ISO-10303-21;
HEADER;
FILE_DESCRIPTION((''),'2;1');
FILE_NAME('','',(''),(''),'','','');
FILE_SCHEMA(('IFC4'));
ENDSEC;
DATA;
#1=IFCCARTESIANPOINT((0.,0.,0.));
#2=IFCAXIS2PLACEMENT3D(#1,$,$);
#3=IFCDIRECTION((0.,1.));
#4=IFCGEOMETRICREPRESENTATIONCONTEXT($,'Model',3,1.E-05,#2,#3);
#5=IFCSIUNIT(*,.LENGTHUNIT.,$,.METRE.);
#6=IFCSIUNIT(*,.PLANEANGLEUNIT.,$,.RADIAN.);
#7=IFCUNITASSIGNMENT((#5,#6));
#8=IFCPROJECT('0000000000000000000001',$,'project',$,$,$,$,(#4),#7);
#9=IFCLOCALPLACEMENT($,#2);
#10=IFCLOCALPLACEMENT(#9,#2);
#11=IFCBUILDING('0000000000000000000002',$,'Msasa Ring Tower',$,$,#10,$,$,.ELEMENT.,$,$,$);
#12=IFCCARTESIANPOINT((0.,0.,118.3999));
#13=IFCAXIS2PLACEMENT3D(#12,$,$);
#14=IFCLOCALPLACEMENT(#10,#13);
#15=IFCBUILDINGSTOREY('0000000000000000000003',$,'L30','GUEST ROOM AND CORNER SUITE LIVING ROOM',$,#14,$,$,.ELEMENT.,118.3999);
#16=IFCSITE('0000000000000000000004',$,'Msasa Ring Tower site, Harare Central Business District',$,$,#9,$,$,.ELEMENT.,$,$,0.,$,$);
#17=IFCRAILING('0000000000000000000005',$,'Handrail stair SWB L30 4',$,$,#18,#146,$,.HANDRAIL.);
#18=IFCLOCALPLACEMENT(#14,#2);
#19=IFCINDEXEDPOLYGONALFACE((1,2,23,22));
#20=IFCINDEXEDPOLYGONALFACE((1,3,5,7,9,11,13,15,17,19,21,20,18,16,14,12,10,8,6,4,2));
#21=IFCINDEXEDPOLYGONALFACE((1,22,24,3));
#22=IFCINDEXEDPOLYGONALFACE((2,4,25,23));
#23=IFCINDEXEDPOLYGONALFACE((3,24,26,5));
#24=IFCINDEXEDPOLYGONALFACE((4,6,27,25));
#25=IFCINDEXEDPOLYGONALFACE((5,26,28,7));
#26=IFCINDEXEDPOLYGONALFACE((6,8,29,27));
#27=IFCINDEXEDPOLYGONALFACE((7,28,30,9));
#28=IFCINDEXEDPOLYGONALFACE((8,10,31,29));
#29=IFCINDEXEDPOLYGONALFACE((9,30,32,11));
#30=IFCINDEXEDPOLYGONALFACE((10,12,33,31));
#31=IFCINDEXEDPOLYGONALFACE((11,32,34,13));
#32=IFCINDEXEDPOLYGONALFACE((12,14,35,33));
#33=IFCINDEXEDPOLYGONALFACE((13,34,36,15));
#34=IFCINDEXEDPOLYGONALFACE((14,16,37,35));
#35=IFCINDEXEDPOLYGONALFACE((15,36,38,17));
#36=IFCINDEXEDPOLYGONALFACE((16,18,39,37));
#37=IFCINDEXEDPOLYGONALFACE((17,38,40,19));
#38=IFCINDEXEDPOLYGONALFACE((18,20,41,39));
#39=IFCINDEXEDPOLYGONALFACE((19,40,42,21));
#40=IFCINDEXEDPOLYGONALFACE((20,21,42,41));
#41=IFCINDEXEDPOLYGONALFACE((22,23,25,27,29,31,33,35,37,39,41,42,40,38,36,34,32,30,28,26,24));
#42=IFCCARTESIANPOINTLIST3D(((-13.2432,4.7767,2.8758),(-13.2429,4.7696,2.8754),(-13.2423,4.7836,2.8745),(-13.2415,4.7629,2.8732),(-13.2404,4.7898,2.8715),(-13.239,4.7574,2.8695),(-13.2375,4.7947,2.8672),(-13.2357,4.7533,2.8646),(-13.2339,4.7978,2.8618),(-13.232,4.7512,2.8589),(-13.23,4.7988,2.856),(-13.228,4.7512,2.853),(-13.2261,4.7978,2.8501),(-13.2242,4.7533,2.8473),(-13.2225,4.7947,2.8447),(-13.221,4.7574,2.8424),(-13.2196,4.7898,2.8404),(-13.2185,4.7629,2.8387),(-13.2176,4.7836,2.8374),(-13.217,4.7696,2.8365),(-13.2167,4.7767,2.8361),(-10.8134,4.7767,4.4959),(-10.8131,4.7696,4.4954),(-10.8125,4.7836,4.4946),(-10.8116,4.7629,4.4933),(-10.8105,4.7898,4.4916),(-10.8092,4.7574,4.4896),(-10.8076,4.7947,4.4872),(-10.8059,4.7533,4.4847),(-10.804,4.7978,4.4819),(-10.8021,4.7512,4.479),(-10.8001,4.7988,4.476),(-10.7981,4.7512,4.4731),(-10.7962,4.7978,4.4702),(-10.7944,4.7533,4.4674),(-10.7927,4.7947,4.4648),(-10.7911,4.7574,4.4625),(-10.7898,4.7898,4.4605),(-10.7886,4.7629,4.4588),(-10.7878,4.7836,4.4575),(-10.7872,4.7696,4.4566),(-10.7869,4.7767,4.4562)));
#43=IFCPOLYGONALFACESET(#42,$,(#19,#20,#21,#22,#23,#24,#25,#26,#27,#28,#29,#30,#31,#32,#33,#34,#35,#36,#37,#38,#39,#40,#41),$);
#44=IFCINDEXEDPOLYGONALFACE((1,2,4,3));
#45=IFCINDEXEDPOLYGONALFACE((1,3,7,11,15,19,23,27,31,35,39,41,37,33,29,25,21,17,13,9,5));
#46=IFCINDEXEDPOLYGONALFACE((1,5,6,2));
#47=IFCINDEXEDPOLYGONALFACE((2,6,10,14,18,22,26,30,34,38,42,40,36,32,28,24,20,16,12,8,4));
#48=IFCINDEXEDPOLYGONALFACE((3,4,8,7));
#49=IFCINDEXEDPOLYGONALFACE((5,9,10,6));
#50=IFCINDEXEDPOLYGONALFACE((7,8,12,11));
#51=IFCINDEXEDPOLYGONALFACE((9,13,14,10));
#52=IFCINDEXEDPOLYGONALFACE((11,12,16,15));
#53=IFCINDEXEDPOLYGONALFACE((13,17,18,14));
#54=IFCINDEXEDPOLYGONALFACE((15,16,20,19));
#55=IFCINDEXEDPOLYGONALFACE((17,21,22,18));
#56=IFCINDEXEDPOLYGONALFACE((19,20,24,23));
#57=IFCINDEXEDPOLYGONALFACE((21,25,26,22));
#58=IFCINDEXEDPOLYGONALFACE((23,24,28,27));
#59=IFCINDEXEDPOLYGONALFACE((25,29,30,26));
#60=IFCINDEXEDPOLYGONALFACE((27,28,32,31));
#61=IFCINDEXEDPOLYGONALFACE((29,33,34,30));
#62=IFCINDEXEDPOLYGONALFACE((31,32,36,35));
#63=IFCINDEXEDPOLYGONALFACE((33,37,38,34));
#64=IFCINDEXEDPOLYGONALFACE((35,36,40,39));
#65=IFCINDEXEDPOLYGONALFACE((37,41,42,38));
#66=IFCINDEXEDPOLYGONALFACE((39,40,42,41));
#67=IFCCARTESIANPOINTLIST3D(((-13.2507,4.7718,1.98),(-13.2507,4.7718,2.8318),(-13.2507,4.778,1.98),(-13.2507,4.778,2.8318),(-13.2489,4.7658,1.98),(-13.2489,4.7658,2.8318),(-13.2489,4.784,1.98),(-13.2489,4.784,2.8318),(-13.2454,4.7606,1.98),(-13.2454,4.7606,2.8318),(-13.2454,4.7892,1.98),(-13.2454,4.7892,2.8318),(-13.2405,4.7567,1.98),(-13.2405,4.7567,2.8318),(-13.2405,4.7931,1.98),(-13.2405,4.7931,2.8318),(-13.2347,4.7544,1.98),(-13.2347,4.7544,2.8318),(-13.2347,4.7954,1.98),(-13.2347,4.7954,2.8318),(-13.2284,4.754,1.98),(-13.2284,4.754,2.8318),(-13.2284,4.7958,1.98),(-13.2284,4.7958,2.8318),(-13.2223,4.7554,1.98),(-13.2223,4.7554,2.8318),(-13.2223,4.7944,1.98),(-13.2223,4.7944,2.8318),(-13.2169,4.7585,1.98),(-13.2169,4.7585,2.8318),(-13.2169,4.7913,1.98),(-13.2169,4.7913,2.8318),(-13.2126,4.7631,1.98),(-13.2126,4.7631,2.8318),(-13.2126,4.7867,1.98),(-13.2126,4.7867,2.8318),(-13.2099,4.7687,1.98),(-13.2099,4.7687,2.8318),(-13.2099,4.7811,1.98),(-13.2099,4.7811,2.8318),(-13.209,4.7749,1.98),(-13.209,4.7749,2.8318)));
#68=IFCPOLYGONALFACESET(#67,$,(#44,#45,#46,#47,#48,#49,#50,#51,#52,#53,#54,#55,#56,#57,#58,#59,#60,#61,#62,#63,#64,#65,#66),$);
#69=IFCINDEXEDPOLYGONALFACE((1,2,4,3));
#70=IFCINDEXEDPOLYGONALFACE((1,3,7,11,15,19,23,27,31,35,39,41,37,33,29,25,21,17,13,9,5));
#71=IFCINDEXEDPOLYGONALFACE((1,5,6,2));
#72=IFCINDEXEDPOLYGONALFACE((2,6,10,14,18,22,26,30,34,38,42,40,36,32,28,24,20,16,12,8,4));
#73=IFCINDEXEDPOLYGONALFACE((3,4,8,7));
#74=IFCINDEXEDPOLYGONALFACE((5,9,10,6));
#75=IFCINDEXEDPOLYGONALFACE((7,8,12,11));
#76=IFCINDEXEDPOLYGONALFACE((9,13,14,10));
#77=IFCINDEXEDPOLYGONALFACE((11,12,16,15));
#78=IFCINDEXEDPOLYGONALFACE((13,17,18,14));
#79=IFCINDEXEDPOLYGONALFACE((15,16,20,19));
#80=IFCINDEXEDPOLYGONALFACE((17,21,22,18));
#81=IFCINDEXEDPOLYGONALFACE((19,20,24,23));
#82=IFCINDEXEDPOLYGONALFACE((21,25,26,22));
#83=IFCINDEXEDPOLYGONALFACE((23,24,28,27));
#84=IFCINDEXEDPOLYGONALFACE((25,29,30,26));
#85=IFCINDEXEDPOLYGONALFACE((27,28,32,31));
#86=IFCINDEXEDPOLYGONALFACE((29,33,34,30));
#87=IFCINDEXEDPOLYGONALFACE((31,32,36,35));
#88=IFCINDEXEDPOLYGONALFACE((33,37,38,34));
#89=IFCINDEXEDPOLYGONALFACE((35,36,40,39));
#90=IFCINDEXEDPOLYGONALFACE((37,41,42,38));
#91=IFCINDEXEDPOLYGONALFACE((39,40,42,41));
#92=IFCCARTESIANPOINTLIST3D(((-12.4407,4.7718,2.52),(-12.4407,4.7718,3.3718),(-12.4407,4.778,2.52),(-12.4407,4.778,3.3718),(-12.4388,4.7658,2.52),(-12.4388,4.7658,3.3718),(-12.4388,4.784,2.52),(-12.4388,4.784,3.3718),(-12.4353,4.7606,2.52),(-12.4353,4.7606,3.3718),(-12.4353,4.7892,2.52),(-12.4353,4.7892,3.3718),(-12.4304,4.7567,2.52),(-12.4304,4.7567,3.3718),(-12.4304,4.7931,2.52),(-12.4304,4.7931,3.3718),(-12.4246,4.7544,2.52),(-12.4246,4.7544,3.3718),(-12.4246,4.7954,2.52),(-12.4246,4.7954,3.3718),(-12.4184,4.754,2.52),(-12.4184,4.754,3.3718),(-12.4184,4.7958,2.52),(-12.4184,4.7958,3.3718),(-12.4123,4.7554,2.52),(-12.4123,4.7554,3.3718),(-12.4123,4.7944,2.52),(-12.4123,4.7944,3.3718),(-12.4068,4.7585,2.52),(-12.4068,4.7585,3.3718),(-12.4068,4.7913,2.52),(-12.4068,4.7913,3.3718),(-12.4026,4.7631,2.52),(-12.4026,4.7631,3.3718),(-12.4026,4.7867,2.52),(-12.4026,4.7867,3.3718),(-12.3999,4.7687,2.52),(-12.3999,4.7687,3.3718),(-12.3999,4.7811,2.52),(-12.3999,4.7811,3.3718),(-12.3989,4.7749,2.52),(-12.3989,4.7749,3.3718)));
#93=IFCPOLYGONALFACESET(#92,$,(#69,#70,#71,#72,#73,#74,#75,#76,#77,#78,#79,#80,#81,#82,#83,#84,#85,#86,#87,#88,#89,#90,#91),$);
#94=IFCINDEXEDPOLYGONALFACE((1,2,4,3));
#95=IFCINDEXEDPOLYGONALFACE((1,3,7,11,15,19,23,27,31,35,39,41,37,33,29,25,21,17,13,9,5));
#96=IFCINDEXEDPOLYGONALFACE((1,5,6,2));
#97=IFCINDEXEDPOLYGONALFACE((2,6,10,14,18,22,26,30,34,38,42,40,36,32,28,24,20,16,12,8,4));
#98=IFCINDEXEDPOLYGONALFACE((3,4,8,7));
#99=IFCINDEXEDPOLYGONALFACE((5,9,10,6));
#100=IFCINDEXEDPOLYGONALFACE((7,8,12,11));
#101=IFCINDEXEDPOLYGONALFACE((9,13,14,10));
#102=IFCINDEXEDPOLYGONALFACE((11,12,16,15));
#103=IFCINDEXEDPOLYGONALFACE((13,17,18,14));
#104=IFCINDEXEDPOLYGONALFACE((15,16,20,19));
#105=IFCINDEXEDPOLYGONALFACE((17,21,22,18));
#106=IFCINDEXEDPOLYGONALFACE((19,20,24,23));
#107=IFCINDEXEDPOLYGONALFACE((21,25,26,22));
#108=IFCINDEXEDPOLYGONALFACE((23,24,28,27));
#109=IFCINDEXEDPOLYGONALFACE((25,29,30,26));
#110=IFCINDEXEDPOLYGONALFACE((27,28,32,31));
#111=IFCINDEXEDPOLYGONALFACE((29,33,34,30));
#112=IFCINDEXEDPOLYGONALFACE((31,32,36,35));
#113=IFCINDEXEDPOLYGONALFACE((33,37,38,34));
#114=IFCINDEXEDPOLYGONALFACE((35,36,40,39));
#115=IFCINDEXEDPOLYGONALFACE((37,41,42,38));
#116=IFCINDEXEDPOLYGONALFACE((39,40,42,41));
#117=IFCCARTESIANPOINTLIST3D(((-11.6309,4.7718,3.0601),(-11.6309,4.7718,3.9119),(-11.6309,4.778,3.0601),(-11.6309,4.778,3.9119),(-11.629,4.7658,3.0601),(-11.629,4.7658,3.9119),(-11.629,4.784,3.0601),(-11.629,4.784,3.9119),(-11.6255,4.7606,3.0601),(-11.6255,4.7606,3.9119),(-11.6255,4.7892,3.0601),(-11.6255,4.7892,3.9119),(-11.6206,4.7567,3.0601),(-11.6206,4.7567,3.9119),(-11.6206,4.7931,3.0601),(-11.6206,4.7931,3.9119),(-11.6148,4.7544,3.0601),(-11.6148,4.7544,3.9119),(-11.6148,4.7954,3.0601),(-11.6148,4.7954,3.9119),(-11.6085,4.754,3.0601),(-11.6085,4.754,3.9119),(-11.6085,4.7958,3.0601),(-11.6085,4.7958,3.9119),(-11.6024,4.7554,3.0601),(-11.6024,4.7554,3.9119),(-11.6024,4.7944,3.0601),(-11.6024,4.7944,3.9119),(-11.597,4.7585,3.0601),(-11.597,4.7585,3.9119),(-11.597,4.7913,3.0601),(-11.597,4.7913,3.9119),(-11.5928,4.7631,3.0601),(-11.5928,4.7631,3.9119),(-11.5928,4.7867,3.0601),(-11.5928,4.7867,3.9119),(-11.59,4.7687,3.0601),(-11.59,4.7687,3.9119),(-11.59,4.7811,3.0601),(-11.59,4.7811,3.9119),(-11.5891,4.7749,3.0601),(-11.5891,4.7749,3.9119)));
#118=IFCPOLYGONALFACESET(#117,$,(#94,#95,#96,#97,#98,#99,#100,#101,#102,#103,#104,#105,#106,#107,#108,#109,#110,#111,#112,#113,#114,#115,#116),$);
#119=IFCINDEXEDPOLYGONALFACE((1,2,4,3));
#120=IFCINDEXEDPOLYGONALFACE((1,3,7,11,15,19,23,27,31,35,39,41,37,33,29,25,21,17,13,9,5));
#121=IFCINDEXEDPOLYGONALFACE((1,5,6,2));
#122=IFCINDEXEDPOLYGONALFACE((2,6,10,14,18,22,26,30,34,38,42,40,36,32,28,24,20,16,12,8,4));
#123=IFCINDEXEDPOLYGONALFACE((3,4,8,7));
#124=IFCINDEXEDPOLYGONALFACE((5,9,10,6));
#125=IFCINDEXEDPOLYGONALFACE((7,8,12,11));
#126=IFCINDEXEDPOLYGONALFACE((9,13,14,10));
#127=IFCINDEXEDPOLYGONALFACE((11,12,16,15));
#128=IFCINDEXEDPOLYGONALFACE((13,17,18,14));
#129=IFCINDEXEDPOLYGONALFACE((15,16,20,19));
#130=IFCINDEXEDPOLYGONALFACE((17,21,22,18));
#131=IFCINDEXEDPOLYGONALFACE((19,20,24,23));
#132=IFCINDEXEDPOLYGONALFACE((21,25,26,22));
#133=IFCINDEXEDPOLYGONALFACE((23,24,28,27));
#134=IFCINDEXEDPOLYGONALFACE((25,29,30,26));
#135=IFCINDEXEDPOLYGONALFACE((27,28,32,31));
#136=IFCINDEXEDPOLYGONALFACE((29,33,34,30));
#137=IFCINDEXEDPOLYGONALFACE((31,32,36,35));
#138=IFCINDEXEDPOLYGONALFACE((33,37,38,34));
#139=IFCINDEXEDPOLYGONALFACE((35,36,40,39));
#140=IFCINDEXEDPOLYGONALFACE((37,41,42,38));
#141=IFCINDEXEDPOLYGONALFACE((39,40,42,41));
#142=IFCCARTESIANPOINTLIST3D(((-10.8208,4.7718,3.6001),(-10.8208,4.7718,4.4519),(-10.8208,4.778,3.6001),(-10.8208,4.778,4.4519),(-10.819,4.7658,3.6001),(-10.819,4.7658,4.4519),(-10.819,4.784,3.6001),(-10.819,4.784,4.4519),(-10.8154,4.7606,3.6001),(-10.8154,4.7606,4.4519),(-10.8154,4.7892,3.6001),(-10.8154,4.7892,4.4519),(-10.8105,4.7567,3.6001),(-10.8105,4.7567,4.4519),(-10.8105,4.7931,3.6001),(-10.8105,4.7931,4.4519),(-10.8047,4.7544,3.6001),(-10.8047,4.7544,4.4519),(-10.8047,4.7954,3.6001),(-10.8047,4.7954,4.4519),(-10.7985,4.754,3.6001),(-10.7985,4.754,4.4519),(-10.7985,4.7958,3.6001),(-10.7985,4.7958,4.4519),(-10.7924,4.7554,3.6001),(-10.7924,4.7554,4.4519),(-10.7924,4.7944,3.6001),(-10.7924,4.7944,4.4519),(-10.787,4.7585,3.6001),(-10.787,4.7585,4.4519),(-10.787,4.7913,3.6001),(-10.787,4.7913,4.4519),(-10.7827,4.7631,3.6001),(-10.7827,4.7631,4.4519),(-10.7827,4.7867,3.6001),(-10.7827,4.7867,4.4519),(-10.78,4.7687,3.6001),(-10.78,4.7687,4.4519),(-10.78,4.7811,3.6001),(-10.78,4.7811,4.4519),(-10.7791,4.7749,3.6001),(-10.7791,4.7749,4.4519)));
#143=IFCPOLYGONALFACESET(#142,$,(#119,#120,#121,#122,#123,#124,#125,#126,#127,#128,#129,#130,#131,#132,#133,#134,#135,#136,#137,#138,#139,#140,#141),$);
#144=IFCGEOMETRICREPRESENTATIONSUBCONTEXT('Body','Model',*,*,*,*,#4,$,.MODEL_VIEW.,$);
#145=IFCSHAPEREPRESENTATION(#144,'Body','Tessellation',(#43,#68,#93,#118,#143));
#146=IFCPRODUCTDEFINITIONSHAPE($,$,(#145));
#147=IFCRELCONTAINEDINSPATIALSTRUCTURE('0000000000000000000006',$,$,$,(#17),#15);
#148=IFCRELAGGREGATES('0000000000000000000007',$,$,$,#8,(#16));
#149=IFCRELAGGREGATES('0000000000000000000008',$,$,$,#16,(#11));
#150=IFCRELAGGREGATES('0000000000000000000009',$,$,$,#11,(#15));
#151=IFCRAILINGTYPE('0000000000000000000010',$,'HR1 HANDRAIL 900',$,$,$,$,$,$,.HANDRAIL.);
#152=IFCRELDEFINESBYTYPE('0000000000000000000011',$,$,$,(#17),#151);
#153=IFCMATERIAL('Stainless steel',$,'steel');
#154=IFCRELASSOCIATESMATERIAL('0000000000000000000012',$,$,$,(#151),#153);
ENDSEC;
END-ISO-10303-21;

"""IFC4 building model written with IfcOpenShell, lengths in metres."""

from ifc_helpers import new_model, si_unit, direction, frame, origin, origin_2d, place, context, subcontext, project, spatial, circle, extrude, material, type_object, element, save


model = new_model("IFC4")

# Units and contexts
model_context = context("Model", 3, precision=1e-05, world=origin(), true_north=direction((0.0, 1.0)))
body_context = subcontext(model_context, "Body", "Model", "MODEL_VIEW")
ifc_project = project(units=[si_unit("LENGTHUNIT", "METRE"), si_unit("PLANEANGLEUNIT", "RADIAN")], contexts=[model_context])

# Site, building, storey
site_placement = place(None, origin())
site = spatial("IfcSite", under=ifc_project, at=site_placement, Name="Msasa Ring Tower site, Harare Central Business District", CompositionType="ELEMENT", RefElevation=0.0)
building_placement = place(site_placement, origin())
building = spatial("IfcBuilding", under=site, at=building_placement, Name="Msasa Ring Tower", CompositionType="ELEMENT")
storey_placement = place(building_placement, frame((0.0, 0.0, 118.3999)))
storey = spatial("IfcBuildingStorey", under=building, at=storey_placement, Name="L30", Description="GUEST ROOM AND CORNER SUITE LIVING ROOM", CompositionType="ELEMENT", Elevation=118.3999)

# Railing
ifc_material_1 = material(Name="Stainless steel", Category="steel")
railing_type = type_object("IfcRailingType", Name="HR1 HANDRAIL 900", PredefinedType="HANDRAIL", material=ifc_material_1)
for number, where, name in (
    (1, (-13.23, 4.7749, 1.98), "Handrail stair SWB L30 4"),
):
    element("IfcRailing", number, at=place(storey_placement, frame(where)), inside=storey, type_object=railing_type, Name=name, PredefinedType="HANDRAIL", context=body_context, shape_type="SweptSolid", body=[
        extrude(circle(Radius=0.0239, at=origin_2d()), frame((0.0, 0.0, 0.876), z_axis=(0.832025, 0.0, 0.554739), x_axis=(0.0, 1.0, 0.0)), (0.0, 0.0, 1.0), 2.9204),
        extrude(circle(Radius=0.021, at=origin_2d()), origin(), (0.0, 0.0, 1.0), 0.8518),
        extrude(circle(Radius=0.021, at=origin_2d()), frame((0.8101, 0.0, 0.54)), (0.0, 0.0, 1.0), 0.8518),
        extrude(circle(Radius=0.021, at=origin_2d()), frame((1.6199, 0.0, 1.0801)), (0.0, 0.0, 1.0), 0.8518),
        extrude(circle(Radius=0.021, at=origin_2d()), frame((2.4299, 0.0, 1.6201)), (0.0, 0.0, 1.0), 0.8518),
    ])

save(model, "model.ifc")
